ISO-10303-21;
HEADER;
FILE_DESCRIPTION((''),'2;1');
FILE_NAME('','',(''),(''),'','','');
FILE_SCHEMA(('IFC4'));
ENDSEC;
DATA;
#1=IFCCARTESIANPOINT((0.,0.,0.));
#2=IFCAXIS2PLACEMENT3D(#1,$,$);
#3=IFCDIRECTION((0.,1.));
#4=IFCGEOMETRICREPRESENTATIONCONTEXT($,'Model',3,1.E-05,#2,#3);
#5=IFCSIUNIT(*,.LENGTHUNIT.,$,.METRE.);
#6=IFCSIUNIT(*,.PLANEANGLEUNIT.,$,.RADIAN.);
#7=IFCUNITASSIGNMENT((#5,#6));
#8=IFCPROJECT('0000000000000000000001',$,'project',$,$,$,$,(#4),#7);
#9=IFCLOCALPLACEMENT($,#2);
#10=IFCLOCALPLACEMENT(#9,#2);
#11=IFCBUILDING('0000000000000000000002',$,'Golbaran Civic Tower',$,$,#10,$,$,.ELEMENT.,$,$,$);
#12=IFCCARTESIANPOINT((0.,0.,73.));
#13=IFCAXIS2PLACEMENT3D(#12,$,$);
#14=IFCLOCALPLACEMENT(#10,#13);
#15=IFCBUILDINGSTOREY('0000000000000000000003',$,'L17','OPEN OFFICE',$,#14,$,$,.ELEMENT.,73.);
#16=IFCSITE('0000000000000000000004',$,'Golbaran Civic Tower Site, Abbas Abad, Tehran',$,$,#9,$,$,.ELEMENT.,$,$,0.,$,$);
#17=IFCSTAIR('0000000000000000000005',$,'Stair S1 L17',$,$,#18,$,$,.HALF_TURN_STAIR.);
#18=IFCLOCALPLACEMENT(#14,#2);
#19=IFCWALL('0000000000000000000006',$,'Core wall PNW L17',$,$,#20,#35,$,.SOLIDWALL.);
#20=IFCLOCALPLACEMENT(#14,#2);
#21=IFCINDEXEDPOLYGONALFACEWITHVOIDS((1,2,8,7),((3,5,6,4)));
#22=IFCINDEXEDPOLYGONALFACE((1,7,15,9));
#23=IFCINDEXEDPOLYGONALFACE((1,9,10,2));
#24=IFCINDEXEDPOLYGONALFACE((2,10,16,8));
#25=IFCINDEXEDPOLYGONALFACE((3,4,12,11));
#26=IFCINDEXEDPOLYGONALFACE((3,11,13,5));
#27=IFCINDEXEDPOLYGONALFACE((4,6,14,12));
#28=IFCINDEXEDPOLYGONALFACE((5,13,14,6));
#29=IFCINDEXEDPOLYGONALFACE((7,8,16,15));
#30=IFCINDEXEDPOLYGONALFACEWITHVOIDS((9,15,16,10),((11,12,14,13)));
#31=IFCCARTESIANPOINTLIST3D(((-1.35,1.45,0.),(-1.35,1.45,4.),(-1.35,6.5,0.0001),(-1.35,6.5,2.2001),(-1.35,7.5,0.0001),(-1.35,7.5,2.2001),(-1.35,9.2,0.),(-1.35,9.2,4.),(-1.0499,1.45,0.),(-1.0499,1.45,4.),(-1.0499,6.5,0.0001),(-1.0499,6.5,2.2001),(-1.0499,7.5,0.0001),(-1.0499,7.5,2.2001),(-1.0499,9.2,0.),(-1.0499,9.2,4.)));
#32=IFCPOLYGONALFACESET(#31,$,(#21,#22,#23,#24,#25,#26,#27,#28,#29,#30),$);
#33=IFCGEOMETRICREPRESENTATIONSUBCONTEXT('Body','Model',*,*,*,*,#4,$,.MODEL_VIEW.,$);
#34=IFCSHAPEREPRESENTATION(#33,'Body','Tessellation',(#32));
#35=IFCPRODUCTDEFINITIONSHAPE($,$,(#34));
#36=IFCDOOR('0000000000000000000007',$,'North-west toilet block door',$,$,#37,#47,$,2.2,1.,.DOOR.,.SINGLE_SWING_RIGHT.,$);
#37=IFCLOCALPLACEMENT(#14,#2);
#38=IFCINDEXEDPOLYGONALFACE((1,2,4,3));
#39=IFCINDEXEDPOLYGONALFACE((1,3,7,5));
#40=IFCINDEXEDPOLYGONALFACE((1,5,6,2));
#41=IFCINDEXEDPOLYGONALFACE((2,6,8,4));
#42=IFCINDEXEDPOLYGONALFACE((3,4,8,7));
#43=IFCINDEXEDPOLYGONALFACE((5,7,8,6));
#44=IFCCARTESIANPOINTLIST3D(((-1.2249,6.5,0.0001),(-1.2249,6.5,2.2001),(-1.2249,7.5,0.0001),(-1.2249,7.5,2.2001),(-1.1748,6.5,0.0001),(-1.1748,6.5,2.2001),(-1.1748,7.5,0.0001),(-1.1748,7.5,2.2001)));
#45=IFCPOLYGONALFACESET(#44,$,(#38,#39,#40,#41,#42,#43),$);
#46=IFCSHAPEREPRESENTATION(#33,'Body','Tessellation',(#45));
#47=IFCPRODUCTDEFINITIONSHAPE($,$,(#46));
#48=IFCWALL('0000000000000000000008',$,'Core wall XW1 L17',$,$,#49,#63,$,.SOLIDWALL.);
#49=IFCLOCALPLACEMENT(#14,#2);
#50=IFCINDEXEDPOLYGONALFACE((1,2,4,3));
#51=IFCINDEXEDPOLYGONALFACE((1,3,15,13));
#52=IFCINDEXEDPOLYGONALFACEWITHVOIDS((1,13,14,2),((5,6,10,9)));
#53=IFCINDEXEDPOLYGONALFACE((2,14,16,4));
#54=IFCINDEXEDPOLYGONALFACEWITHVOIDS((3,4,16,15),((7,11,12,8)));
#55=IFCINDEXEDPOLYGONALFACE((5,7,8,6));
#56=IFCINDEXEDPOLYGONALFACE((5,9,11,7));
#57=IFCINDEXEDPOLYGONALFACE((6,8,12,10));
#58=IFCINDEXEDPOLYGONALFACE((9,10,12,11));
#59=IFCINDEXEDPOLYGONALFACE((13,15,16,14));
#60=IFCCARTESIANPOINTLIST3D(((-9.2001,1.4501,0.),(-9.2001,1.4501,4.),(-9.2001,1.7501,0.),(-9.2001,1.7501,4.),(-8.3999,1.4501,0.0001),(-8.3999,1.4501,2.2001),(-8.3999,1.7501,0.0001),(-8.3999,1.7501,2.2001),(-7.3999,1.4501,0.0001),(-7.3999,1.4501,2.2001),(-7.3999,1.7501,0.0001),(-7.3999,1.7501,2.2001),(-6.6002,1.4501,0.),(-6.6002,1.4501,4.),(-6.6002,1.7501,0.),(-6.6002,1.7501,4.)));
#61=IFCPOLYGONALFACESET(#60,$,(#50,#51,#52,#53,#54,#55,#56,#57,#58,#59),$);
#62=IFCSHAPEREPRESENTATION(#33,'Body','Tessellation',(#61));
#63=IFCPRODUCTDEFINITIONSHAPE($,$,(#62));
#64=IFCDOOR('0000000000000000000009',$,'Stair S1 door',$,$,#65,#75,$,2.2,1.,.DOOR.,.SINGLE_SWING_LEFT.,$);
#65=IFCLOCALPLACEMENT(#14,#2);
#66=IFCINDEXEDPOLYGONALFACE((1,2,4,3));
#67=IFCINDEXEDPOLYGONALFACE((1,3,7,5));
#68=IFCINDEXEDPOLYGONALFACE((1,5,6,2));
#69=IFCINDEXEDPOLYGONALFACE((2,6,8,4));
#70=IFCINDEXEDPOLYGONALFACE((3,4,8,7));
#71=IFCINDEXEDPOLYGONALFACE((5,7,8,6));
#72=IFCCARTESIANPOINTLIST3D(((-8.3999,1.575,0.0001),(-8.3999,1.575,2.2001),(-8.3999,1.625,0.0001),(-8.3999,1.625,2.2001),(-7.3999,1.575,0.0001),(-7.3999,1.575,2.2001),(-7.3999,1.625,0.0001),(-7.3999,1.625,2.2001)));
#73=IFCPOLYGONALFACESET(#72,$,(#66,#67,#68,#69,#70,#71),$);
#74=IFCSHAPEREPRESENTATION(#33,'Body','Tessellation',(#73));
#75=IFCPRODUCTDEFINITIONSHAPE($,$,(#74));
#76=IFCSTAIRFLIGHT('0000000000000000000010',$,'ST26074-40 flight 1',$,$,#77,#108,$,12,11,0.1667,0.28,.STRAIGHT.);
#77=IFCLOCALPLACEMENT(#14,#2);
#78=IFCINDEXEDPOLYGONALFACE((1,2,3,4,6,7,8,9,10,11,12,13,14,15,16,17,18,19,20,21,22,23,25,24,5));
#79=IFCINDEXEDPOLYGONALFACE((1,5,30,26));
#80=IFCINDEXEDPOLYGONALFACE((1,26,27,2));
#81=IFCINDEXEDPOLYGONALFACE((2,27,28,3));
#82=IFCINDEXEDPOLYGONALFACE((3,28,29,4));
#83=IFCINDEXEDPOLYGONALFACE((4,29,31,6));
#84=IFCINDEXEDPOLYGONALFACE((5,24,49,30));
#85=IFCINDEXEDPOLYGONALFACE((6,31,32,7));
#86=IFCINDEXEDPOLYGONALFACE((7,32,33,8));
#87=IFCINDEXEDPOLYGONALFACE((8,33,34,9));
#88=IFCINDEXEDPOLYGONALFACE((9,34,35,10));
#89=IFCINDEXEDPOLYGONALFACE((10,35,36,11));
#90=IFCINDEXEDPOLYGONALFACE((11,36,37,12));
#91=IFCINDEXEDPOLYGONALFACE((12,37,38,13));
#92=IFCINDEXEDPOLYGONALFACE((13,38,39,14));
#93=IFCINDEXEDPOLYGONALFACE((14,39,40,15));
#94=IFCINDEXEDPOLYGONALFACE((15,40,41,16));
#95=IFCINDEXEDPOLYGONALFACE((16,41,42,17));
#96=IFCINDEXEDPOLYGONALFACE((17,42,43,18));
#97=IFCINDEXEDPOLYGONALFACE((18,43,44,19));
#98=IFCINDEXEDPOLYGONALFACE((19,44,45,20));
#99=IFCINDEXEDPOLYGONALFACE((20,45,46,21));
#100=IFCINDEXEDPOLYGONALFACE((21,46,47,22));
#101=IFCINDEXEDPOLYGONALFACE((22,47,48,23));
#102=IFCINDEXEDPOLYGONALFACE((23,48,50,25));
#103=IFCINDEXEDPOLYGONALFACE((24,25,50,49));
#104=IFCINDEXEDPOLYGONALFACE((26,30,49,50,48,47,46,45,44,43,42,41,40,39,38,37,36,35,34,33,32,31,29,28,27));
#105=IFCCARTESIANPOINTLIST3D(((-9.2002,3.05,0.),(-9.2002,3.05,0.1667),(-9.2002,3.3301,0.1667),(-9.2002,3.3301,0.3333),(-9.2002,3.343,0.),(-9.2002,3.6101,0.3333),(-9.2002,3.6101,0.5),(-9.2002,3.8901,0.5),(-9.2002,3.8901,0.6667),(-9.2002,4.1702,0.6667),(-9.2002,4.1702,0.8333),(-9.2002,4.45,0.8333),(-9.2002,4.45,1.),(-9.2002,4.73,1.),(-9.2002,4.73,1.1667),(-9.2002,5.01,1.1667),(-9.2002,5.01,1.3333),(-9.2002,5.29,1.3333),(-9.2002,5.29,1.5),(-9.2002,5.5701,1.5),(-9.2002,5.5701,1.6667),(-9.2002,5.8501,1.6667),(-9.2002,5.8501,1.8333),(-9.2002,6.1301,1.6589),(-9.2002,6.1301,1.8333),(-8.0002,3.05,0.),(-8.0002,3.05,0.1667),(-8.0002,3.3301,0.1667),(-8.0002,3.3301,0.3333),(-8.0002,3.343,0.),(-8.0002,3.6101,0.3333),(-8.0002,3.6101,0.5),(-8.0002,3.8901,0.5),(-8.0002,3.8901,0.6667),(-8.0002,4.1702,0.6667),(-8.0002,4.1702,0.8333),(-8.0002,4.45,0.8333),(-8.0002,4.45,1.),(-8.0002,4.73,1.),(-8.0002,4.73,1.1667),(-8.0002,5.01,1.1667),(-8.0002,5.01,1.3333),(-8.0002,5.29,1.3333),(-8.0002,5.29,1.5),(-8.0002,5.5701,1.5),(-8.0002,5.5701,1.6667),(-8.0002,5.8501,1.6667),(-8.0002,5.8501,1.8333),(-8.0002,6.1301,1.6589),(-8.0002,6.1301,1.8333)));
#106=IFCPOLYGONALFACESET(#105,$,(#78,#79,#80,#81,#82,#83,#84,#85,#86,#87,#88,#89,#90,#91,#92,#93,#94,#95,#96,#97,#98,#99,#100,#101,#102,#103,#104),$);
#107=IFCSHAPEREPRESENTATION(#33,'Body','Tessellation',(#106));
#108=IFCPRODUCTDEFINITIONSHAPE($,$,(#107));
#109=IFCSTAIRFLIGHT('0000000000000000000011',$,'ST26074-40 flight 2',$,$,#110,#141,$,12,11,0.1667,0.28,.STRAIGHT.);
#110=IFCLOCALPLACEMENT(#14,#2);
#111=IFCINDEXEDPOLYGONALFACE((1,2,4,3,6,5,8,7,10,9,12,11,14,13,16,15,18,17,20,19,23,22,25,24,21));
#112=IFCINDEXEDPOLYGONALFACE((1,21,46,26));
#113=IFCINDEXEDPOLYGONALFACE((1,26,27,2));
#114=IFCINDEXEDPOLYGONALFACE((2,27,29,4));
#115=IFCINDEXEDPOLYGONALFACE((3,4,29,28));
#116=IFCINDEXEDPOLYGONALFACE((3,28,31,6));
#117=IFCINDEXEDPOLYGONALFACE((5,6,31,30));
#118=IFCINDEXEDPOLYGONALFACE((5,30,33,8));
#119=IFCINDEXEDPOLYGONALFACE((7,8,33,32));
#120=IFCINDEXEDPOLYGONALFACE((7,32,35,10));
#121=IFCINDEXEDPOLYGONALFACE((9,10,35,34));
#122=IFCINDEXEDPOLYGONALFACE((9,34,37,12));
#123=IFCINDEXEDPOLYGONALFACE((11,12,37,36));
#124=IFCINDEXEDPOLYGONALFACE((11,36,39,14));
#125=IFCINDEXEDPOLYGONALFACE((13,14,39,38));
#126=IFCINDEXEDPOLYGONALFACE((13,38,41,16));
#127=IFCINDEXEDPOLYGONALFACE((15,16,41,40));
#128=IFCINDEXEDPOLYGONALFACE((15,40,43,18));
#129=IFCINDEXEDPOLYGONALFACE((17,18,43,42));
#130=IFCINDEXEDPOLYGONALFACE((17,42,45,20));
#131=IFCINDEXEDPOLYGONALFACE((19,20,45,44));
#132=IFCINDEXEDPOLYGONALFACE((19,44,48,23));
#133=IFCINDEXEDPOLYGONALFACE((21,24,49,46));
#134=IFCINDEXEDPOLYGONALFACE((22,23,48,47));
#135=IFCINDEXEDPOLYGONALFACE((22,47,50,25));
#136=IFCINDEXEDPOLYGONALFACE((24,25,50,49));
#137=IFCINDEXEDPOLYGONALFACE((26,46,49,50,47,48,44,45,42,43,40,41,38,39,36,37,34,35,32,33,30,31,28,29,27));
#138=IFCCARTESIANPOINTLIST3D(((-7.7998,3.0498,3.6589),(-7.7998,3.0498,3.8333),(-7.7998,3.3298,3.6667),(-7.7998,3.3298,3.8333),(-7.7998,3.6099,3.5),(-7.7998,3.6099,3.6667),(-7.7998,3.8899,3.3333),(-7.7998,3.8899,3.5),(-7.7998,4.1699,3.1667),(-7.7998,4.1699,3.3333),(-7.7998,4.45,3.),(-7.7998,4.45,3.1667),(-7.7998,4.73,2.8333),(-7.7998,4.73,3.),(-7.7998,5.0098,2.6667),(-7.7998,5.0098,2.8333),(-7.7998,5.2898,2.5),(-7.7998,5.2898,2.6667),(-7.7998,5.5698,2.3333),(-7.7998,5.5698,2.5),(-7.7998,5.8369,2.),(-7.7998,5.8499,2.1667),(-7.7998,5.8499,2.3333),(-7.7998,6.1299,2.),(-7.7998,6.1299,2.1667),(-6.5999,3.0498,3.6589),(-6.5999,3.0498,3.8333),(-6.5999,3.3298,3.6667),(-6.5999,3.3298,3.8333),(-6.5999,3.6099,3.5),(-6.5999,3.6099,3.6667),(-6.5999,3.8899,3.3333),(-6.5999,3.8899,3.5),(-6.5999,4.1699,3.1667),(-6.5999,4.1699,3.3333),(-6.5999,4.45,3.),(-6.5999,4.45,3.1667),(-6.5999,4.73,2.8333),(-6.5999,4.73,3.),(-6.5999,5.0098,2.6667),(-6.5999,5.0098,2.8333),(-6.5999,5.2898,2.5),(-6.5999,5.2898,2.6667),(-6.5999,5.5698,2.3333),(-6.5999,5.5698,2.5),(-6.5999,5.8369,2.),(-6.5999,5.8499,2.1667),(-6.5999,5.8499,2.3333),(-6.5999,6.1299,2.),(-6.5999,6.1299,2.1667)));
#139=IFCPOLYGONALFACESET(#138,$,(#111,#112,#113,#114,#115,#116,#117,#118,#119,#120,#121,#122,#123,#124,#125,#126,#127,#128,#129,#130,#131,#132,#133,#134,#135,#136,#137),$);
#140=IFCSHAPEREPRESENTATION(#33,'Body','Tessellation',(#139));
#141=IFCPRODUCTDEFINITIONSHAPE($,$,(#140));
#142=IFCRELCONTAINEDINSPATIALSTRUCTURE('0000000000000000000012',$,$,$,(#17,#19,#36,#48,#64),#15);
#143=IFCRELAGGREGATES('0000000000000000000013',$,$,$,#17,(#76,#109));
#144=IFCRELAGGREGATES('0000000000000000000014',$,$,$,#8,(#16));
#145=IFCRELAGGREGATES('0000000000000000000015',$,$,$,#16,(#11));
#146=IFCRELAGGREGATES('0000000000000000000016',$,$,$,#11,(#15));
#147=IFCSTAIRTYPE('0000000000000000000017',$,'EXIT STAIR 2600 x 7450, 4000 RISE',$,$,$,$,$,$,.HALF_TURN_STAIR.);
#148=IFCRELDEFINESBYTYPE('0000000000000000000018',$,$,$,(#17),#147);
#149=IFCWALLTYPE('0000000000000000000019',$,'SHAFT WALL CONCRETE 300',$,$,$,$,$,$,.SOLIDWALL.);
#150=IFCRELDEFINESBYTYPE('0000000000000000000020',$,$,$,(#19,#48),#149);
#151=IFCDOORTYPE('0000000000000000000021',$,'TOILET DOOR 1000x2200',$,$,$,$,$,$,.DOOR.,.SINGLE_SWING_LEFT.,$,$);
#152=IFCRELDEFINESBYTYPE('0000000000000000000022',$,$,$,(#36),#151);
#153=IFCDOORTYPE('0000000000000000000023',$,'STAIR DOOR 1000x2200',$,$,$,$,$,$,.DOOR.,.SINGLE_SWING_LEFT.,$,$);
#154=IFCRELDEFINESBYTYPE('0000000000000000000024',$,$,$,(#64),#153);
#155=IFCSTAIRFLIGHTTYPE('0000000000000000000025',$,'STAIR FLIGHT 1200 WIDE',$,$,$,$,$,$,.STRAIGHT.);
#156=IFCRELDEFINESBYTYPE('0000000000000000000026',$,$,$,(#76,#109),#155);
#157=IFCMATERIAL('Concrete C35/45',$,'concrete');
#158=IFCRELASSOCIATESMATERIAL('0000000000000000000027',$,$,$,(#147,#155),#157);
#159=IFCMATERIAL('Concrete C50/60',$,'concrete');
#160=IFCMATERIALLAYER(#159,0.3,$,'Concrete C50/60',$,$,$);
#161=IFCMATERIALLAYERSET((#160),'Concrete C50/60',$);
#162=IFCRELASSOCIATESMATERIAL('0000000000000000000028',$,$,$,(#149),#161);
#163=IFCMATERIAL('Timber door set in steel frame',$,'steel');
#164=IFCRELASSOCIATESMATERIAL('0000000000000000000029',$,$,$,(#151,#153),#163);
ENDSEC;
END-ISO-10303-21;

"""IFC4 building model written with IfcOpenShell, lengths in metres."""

from ifc_helpers import new_model, si_unit, direction, frame, frame_2d, origin, place, context, subcontext, project, spatial, polyline, rectangle, outline, extrude, material, layer, layer_set, type_object, element, fill, aggregate, save


model = new_model("IFC4")

# Units and contexts
model_context = context("Model", 3, precision=1e-05, world=origin(), true_north=direction((0.0, 1.0)))
body_context = subcontext(model_context, "Body", "Model", "MODEL_VIEW")
ifc_project = project(units=[si_unit("LENGTHUNIT", "METRE"), si_unit("PLANEANGLEUNIT", "RADIAN")], contexts=[model_context])

# Site, building, storey
site_placement = place(None, origin())
site = spatial("IfcSite", under=ifc_project, at=site_placement, Name="Golbaran Civic Tower Site, Abbas Abad, Tehran", CompositionType="ELEMENT", RefElevation=0.0)
building_placement = place(site_placement, origin())
building = spatial("IfcBuilding", under=site, at=building_placement, Name="Golbaran Civic Tower", CompositionType="ELEMENT")
storey_placement = place(building_placement, frame((0.0, 0.0, 73.0)))
storey = spatial("IfcBuildingStorey", under=building, at=storey_placement, Name="L17", Description="OPEN OFFICE", CompositionType="ELEMENT", Elevation=73.0)

# Shared definitions
ifc_material_1 = material(Name="Concrete C35/45", Category="concrete")

# Stair
stair_type = type_object("IfcStairType", Name="EXIT STAIR 2600 x 7450, 4000 RISE", PredefinedType="HALF_TURN_STAIR", material=ifc_material_1)
stair_1_placement = place(storey_placement, origin())
stair_1 = element("IfcStair", 1, at=stair_1_placement, inside=storey, type_object=stair_type, Name="Stair S1 L17", PredefinedType="HALF_TURN_STAIR")

# Shared definitions
ifc_material_2 = material(Name="Timber door set in steel frame", Category="steel")

# Shared definitions
ifc_material_3 = material(Name="Concrete C50/60", Category="concrete")
ifc_layer_1 = layer(ifc_material_3, 0.3, Name="Concrete C50/60")
ifc_layer_set_1 = layer_set([ifc_layer_1], Name="Concrete C50/60")
wall_type_1 = type_object("IfcWallType", Name="SHAFT WALL CONCRETE 300", PredefinedType="SOLIDWALL", material=ifc_layer_set_1)

# Walls, openings, doors
wall_1_placement = place(storey_placement, frame((-1.2, 1.45, 0.0), z_axis=(0.0, 0.0, 1.0), x_axis=(0.0, 1.0, 0.0)))
wall_1 = element("IfcWall", 2, at=wall_1_placement, inside=storey, type_object=wall_type_1, Name="Core wall PNW L17", PredefinedType="SOLIDWALL", context=body_context, shape_type="SweptSolid", body=[
    extrude(rectangle(XDim=7.75, YDim=0.3, at=frame_2d((3.875, 0.0))), origin(), (0.0, 0.0, 1.0), 4.0),
])
opening_1_placement = place(wall_1_placement, frame((5.05, 0.0, 0.0)))
opening_1 = element("IfcOpeningElement", 3, at=opening_1_placement, cuts=wall_1, PredefinedType="OPENING", context=body_context, shape_type="SweptSolid", body=[
    extrude(rectangle(XDim=1.0, YDim=2.2, at=frame_2d((0.5, 1.1001))), frame((0.0, 0.1599, 0.0), z_axis=(0.0, -1.0, 0.0), x_axis=(1.0, 0.0, 0.0)), (0.0, 0.0, 1.0), 0.3201),
])
door_type_1 = type_object("IfcDoorType", Name="TOILET DOOR 1000x2200", OperationType="SINGLE_SWING_LEFT", PredefinedType="DOOR", material=ifc_material_2)
door_1_placement = place(opening_1_placement, origin())
door_1 = element("IfcDoor", 4, at=door_1_placement, inside=storey, type_object=door_type_1, Name="North-west toilet block door", OperationType="SINGLE_SWING_RIGHT", OverallHeight=2.2, OverallWidth=1.0, PredefinedType="DOOR", context=body_context, shape_type="SweptSolid", body=[
    extrude(rectangle(XDim=1.0, YDim=2.2, at=frame_2d((0.5, 1.1001))), frame((0.0, 0.0249, 0.0), z_axis=(0.0, -1.0, 0.0), x_axis=(1.0, 0.0, 0.0)), (0.0, 0.0, 1.0), 0.05),
])
fill(opening_1, door_1)
wall_2_placement = place(storey_placement, frame((-9.2, 1.6001, 0.0), z_axis=(0.0, 0.0, 1.0), x_axis=(1.0, 0.0, 0.0)))
wall_2 = element("IfcWall", 5, at=wall_2_placement, inside=storey, type_object=wall_type_1, Name="Core wall XW1 L17", PredefinedType="SOLIDWALL", context=body_context, shape_type="SweptSolid", body=[
    extrude(rectangle(XDim=2.5999, YDim=0.3, at=frame_2d((1.2998, 0.0))), origin(), (0.0, 0.0, 1.0), 4.0),
])
opening_2_placement = place(wall_2_placement, frame((0.8, 0.0, 0.0)))
opening_2 = element("IfcOpeningElement", 6, at=opening_2_placement, cuts=wall_2, PredefinedType="OPENING", context=body_context, shape_type="SweptSolid", body=[
    extrude(rectangle(XDim=1.0, YDim=2.2, at=frame_2d((0.5, 1.1001))), frame((0.0, 0.1599, 0.0), z_axis=(0.0, -1.0, 0.0), x_axis=(1.0, 0.0, 0.0)), (0.0, 0.0, 1.0), 0.3201),
])
door_type_2 = type_object("IfcDoorType", Name="STAIR DOOR 1000x2200", OperationType="SINGLE_SWING_LEFT", PredefinedType="DOOR", material=ifc_material_2)
door_2_placement = place(opening_2_placement, origin())
door_2 = element("IfcDoor", 7, at=door_2_placement, inside=storey, type_object=door_type_2, Name="Stair S1 door", OperationType="SINGLE_SWING_LEFT", OverallHeight=2.2, OverallWidth=1.0, PredefinedType="DOOR", context=body_context, shape_type="SweptSolid", body=[
    extrude(rectangle(XDim=1.0, YDim=2.2, at=frame_2d((0.5, 1.1001))), frame((0.0, 0.0249, 0.0), z_axis=(0.0, -1.0, 0.0), x_axis=(1.0, 0.0, 0.0)), (0.0, 0.0, 1.0), 0.05),
])
fill(opening_2, door_2)

# Stair flights
stair_flight_type = type_object("IfcStairFlightType", Name="STAIR FLIGHT 1200 WIDE", PredefinedType="STRAIGHT", material=ifc_material_1)
stair_flight_1_placement = place(storey_placement, frame((-8.6001, 3.05, 0.0), z_axis=(0.0, 0.0, 1.0), x_axis=(0.0, 1.0, 0.0)))
stair_flight_1 = element("IfcStairFlight", 8, at=stair_flight_1_placement, type_object=stair_flight_type, Name="ST26074-40 flight 1", NumberOfRisers=12, NumberOfTreads=11, PredefinedType="STRAIGHT", RiserHeight=0.1667, TreadLength=0.28, context=body_context, shape_type="SweptSolid", body=[
    extrude(outline(polyline([(0.0, 0.0), (0.0, 0.1667), (0.28, 0.1667), (0.28, 0.3333), (0.5601, 0.3333), (0.5601, 0.5), (0.8401, 0.5), (0.8401, 0.6667), (1.1201, 0.6667), (1.1201, 0.8333), (1.3999, 0.8333), (1.3999, 1.0), (1.6799, 1.0), (1.6799, 1.1667), (1.96, 1.1667), (1.96, 1.3333), (2.24, 1.3333), (2.24, 1.5), (2.52, 1.5), (2.52, 1.6667), (2.8, 1.6667), (2.8, 1.8333), (3.0801, 1.8333), (3.0801, 2.0), (3.0801, 1.6589), (0.293, 0.0), (0.0, 0.0)])), frame((0.0, 0.6001, 0.0), z_axis=(0.0, -1.0, 0.0), x_axis=(1.0, 0.0, 0.0)), (0.0, 0.0, 1.0), 1.2),
])
stair_flight_2_placement = place(storey_placement, frame((-7.2, 6.1299, 2.0), z_axis=(0.0, 0.0, 1.0), x_axis=(0.0, -1.0, 0.0)))
stair_flight_2 = element("IfcStairFlight", 9, at=stair_flight_2_placement, type_object=stair_flight_type, Name="ST26074-40 flight 2", NumberOfRisers=12, NumberOfTreads=11, PredefinedType="STRAIGHT", RiserHeight=0.1667, TreadLength=0.28, context=body_context, shape_type="SweptSolid", body=[
    extrude(outline(polyline([(0.0, 0.0), (0.0, 0.1667), (0.28, 0.1667), (0.28, 0.3333), (0.5601, 0.3333), (0.5601, 0.5), (0.8401, 0.5), (0.8401, 0.6667), (1.1201, 0.6667), (1.1201, 0.8333), (1.3999, 0.8333), (1.3999, 1.0), (1.6799, 1.0), (1.6799, 1.1667), (1.96, 1.1667), (1.96, 1.3333), (2.24, 1.3333), (2.24, 1.5), (2.52, 1.5), (2.52, 1.6667), (2.8, 1.6667), (2.8, 1.8333), (3.0801, 1.8333), (3.0801, 2.0), (3.0801, 1.6589), (0.293, 0.0), (0.0, 0.0)])), frame((0.0, 0.6001, 0.0), z_axis=(0.0, -1.0, 0.0), x_axis=(1.0, 0.0, 0.0)), (0.0, 0.0, 1.0), 1.2),
])
aggregate(stair_1, [stair_flight_1, stair_flight_2])

save(model, "model.ifc")
